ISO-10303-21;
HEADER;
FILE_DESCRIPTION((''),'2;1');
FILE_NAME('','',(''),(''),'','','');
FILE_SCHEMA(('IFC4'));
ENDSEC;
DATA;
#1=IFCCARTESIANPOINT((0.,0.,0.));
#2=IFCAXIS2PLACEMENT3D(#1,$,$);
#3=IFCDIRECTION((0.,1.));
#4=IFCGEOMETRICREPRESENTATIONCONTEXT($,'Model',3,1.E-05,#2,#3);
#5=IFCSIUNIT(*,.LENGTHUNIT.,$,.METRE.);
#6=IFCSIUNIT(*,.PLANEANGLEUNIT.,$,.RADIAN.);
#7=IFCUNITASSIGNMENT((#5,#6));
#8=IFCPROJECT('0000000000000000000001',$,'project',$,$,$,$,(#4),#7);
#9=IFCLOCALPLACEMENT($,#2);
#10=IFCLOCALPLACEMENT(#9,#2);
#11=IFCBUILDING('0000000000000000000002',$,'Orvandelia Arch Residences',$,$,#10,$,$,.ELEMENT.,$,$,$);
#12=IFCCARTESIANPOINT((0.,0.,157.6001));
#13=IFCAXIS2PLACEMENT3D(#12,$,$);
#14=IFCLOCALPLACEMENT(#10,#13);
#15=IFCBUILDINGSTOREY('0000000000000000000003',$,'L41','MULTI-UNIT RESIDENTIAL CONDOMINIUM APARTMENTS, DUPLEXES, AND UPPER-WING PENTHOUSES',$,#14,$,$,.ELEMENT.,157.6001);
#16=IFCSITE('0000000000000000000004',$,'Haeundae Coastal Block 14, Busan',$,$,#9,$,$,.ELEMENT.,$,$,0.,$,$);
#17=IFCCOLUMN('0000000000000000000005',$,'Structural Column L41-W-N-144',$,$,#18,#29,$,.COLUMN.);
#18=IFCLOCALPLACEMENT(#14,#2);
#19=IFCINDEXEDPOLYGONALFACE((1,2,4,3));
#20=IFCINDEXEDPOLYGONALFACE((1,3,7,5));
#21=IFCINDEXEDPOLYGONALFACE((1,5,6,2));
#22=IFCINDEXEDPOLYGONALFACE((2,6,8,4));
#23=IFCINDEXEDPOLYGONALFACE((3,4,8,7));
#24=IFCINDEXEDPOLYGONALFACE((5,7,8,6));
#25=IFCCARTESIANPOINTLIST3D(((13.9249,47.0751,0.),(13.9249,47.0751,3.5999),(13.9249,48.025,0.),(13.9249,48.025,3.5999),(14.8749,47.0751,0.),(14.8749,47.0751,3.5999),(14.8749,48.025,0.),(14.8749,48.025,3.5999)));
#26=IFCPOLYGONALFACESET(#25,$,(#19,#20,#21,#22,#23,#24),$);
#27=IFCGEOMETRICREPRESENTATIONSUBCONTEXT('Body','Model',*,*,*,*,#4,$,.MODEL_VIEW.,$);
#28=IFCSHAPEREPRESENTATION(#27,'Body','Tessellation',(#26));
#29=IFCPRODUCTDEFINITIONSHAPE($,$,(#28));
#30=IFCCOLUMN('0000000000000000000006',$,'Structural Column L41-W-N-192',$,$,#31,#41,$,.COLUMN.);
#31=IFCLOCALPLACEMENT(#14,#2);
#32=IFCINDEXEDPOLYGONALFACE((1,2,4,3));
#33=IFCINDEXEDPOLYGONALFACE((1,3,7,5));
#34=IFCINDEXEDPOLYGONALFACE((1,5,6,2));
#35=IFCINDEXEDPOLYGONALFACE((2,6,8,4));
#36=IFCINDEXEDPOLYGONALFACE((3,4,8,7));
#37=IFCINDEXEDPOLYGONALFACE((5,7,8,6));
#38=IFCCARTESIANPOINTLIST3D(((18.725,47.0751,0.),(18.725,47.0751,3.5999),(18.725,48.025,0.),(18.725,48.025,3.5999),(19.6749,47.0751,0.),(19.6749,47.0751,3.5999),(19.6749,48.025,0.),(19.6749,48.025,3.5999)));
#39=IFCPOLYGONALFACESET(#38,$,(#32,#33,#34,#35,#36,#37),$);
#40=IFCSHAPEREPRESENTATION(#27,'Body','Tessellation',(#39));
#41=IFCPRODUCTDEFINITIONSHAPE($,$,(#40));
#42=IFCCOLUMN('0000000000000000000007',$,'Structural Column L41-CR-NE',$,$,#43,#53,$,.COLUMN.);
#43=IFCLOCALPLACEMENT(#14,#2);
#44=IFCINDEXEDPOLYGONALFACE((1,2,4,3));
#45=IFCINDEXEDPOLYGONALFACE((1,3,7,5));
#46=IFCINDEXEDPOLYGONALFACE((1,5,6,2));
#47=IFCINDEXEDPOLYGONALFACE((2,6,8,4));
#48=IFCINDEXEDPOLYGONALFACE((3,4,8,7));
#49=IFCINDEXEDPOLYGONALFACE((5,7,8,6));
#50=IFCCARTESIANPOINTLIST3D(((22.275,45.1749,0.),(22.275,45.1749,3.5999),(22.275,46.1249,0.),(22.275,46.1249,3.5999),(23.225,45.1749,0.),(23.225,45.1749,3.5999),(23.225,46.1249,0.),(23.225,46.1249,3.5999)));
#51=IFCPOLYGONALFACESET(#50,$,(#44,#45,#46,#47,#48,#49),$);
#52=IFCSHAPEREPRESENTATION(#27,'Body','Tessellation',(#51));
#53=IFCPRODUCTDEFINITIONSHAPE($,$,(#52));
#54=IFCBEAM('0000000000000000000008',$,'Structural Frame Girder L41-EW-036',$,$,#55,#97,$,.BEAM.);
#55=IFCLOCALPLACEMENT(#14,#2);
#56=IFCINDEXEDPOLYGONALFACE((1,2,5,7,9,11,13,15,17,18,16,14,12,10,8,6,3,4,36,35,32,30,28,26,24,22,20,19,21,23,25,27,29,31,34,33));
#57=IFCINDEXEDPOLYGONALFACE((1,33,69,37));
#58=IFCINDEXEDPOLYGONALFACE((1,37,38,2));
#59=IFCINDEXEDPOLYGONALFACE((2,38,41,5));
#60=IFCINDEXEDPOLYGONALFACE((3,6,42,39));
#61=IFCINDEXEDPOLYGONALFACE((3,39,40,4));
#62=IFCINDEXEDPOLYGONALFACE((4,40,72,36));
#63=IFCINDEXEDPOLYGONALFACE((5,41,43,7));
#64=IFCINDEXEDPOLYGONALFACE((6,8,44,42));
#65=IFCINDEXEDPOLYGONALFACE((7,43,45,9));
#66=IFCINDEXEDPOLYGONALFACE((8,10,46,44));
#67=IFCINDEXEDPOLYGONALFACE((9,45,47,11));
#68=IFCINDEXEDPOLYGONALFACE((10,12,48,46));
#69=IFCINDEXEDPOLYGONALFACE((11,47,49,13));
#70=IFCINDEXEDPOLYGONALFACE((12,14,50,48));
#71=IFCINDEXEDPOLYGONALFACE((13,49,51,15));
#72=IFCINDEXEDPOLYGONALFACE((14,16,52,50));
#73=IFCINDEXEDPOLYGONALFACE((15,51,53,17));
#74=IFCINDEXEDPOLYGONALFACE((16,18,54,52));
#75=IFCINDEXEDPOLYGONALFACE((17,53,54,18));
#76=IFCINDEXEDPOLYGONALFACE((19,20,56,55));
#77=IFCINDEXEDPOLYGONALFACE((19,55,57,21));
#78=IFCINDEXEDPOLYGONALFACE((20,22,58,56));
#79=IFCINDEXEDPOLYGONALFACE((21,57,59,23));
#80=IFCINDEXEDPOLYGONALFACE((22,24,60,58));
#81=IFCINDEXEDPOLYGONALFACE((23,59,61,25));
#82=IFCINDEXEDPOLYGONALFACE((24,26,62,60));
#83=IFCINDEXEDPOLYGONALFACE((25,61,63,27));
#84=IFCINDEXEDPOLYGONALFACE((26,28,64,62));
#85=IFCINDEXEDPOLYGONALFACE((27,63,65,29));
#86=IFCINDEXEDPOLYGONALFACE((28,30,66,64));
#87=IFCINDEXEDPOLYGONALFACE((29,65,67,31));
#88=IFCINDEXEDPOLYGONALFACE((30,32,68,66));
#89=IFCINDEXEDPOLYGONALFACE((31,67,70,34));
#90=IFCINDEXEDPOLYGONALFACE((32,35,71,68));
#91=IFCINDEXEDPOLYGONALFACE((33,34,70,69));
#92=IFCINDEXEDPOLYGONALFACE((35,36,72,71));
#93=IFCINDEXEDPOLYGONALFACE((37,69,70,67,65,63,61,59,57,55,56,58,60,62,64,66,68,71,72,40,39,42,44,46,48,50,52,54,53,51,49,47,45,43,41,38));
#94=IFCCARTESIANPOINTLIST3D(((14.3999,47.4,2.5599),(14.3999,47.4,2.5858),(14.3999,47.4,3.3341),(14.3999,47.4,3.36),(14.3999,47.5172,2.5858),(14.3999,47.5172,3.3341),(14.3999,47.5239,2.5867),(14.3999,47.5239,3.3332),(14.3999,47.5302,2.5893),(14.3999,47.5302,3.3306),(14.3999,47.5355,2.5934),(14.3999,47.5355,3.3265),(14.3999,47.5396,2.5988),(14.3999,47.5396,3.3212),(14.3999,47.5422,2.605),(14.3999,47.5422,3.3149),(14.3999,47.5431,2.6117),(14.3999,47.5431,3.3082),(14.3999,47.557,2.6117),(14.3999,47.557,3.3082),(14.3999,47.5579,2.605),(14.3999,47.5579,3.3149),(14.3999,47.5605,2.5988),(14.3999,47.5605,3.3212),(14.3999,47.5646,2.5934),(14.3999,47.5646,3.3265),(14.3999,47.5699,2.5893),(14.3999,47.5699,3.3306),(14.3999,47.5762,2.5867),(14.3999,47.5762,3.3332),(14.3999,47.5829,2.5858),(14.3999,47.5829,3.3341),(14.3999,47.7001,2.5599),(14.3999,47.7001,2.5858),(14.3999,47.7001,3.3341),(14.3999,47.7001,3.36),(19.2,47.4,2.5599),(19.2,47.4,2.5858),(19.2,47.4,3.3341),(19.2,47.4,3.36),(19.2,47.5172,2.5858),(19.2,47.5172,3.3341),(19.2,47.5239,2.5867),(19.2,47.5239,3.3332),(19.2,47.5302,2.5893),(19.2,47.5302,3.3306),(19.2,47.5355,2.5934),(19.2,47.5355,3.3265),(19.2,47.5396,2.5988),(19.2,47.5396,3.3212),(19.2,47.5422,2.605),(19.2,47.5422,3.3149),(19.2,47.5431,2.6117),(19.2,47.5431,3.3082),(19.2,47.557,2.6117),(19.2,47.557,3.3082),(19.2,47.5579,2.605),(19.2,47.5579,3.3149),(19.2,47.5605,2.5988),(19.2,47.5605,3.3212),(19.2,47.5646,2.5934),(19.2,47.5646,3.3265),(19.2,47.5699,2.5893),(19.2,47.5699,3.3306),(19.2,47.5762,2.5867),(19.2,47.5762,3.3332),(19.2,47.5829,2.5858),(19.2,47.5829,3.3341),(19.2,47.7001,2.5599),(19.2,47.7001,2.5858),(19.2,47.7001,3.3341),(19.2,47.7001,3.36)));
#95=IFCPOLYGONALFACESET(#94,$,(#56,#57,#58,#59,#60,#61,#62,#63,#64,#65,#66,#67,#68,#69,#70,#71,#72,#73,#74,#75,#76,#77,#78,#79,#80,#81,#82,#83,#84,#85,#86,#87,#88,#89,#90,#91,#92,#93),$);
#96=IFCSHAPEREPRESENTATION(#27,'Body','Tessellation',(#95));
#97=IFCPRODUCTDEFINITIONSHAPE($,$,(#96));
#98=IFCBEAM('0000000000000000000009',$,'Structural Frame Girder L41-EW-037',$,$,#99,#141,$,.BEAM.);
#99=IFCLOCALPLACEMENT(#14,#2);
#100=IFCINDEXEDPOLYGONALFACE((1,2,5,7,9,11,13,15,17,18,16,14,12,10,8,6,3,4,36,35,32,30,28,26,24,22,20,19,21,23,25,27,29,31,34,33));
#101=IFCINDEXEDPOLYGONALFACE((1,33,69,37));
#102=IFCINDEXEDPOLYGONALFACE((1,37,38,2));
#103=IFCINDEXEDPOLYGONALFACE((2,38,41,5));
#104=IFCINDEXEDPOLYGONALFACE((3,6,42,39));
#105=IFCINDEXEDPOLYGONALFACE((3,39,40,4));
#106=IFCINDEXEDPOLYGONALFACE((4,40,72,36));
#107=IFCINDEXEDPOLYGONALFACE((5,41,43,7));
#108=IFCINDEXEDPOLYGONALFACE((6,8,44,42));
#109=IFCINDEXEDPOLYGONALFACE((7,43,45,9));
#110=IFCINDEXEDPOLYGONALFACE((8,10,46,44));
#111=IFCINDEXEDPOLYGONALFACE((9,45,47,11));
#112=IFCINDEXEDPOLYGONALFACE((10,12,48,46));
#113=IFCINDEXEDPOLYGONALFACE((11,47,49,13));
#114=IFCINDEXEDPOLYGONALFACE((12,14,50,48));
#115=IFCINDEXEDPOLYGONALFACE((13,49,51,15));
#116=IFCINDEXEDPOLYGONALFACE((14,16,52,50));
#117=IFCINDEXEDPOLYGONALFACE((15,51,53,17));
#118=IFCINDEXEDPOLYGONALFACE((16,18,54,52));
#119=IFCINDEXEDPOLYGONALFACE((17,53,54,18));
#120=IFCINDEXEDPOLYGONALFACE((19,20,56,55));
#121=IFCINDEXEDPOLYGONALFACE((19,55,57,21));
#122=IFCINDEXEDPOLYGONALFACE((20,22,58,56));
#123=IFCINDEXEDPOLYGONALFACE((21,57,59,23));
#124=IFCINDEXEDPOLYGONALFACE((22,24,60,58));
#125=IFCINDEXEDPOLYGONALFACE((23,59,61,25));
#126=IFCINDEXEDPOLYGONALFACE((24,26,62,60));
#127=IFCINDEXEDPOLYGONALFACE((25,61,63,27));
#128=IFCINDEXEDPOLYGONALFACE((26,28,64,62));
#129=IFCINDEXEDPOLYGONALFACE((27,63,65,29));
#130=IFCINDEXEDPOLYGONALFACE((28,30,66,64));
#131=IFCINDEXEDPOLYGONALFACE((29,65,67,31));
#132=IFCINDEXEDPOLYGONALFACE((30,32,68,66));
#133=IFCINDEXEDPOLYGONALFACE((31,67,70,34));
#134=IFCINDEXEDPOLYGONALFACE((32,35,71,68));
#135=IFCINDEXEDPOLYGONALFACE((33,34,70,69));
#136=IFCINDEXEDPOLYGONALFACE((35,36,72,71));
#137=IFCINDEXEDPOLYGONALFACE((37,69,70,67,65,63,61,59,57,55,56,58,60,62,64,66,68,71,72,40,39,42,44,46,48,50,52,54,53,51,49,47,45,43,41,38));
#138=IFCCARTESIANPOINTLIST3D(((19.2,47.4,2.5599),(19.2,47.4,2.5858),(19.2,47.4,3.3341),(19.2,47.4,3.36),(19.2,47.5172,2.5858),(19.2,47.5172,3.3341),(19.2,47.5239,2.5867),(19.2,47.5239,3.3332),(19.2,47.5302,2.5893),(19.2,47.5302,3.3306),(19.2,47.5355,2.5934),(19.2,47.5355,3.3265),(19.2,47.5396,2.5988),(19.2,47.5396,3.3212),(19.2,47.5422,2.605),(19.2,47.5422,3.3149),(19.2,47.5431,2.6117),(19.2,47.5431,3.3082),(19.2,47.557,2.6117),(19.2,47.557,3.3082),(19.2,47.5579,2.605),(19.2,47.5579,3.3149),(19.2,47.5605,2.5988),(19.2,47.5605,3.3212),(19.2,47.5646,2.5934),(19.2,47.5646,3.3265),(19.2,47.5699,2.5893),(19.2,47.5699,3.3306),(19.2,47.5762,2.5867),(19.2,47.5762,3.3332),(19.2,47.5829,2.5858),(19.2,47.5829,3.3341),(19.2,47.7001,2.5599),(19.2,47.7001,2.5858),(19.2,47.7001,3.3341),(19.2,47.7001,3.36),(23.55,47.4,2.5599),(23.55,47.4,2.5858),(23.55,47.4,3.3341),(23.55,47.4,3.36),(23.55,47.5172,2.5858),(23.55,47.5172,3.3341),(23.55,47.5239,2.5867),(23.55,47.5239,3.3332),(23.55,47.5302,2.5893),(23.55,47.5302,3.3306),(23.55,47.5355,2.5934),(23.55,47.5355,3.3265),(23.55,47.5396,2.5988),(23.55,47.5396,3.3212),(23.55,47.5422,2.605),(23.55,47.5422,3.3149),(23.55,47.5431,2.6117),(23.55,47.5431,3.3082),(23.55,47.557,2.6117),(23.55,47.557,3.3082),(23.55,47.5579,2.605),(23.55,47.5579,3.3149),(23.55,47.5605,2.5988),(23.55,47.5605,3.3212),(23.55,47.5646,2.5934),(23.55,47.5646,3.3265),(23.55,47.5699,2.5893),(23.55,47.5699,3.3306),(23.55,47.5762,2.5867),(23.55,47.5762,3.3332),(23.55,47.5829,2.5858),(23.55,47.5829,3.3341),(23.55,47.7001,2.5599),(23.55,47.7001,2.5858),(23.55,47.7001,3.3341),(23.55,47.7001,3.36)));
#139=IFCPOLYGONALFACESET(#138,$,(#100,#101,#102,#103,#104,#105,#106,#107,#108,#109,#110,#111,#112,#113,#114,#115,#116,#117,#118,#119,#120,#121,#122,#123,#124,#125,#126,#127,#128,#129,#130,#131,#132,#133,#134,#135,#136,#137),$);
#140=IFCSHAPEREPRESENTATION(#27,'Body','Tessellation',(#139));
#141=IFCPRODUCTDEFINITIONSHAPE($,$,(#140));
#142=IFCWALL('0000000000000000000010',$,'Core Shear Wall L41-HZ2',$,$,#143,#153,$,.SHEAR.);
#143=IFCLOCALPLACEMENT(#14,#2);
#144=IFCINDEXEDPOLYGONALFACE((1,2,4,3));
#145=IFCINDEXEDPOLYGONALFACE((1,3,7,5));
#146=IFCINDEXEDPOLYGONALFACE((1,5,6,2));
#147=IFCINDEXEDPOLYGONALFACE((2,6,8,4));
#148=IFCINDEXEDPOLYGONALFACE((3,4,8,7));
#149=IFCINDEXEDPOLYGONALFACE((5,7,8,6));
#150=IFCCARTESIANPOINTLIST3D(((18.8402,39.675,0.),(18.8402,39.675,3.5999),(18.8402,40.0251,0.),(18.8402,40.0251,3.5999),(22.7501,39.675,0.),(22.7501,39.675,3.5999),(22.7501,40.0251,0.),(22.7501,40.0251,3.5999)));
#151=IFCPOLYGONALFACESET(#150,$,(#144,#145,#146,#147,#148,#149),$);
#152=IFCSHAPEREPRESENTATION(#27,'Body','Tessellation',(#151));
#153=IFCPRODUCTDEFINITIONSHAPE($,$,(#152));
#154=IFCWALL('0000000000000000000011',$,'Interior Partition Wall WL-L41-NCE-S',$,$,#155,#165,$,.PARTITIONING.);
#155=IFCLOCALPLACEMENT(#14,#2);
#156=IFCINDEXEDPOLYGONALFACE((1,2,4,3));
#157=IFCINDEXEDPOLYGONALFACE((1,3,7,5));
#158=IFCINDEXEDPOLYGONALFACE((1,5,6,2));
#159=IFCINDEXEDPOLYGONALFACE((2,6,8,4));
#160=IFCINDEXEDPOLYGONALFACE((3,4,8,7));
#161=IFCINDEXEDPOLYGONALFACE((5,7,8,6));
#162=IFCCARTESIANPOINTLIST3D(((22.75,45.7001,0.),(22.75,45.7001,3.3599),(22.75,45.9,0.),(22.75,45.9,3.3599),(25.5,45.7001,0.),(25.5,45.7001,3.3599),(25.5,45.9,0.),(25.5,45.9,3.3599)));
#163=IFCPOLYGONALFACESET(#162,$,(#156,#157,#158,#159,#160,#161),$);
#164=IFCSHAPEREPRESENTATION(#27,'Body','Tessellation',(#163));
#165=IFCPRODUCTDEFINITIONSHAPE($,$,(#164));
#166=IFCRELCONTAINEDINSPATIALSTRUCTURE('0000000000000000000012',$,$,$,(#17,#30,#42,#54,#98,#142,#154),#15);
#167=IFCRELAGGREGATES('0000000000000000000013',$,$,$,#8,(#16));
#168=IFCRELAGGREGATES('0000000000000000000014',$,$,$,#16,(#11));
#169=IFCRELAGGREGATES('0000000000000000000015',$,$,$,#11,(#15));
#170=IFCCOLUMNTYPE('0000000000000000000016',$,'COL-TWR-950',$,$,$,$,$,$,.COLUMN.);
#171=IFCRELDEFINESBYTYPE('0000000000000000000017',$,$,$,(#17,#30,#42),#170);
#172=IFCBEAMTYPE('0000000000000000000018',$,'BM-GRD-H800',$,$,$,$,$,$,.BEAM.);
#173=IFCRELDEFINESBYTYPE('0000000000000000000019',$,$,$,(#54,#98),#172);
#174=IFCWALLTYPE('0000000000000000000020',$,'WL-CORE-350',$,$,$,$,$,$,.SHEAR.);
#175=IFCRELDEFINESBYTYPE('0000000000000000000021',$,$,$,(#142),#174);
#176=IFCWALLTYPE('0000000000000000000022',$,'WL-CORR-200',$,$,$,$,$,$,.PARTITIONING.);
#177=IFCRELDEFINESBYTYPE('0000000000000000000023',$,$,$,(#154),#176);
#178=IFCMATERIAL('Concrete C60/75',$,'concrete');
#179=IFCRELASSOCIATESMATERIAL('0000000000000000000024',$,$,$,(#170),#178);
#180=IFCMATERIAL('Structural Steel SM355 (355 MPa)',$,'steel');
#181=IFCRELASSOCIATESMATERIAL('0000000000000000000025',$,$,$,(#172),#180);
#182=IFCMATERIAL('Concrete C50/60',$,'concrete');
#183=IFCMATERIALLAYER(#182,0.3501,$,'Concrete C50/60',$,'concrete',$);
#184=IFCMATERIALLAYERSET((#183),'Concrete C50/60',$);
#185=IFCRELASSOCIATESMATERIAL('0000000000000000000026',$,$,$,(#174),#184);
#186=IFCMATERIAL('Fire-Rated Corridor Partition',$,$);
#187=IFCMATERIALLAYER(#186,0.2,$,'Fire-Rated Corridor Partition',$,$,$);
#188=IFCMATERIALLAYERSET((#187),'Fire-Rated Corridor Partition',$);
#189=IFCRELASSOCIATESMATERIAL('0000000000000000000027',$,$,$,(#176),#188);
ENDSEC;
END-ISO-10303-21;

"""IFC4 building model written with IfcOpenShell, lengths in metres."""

from ifc_helpers import new_model, si_unit, direction, frame, frame_2d, origin, origin_2d, place, context, subcontext, project, spatial, rectangle, i_section, extrude, material, layer, layer_set, material_profile, profile_set, type_object, element, save


model = new_model("IFC4")

# Units and contexts
model_context = context("Model", 3, precision=1e-05, world=origin(), true_north=direction((0.0, 1.0)))
body_context = subcontext(model_context, "Body", "Model", "MODEL_VIEW")
ifc_project = project(units=[si_unit("LENGTHUNIT", "METRE"), si_unit("PLANEANGLEUNIT", "RADIAN")], contexts=[model_context])

# Site, building, storey
site_placement = place(None, origin())
site = spatial("IfcSite", under=ifc_project, at=site_placement, Name="Haeundae Coastal Block 14, Busan", CompositionType="ELEMENT", RefElevation=0.0)
building_placement = place(site_placement, origin())
building = spatial("IfcBuilding", under=site, at=building_placement, Name="Orvandelia Arch Residences", CompositionType="ELEMENT")
storey_placement = place(building_placement, frame((0.0, 0.0, 157.6001)))
storey = spatial("IfcBuildingStorey", under=building, at=storey_placement, Name="L41", Description="MULTI-UNIT RESIDENTIAL CONDOMINIUM APARTMENTS, DUPLEXES, AND UPPER-WING PENTHOUSES", CompositionType="ELEMENT", Elevation=157.6001)

# Columns
ifc_material_1 = material(Name="Concrete C60/75", Category="concrete")
ifc_material_profile_1 = material_profile(ifc_material_1, rectangle(XDim=0.95, YDim=0.95, at=origin_2d()), Name="Concrete C60/75", Category="concrete")
ifc_profile_set_1 = profile_set([ifc_material_profile_1], Name="Concrete C60/75")
column_type = type_object("IfcColumnType", Name="COL-TWR-950", PredefinedType="COLUMN", material=ifc_profile_set_1)
for number, where, z_axis, x_axis, name in (
    (1, (14.3999, 47.55, 0.0), (0.0, 0.0, 1.0), (1.0, 0.0, 0.0), "Structural Column L41-W-N-144"),
    (2, (19.2, 47.55, 0.0), (0.0, 0.0, 1.0), (1.0, 0.0, 0.0), "Structural Column L41-W-N-192"),
    (3, (22.75, 45.6499, 0.0), (0.0, 0.0, 1.0), (1.0, 0.0, 0.0), "Structural Column L41-CR-NE"),
):
    element("IfcColumn", number, at=place(storey_placement, frame(where, z_axis=z_axis, x_axis=x_axis)), inside=storey, type_object=column_type, Name=name, PredefinedType="COLUMN", context=body_context, shape_type="SweptSolid", body=[
        extrude(rectangle(XDim=0.95, YDim=0.95, at=origin_2d()), origin(), (0.0, 0.0, 1.0), 3.5999),
    ])

# Beams
ifc_material_2 = material(Name="Structural Steel SM355 (355 MPa)", Category="steel")
ifc_material_profile_2 = material_profile(ifc_material_2, i_section(OverallWidth=0.3, OverallDepth=0.8, WebThickness=0.0139, FlangeThickness=0.0259, FilletRadius=0.0259, at=origin_2d()), Name="Structural Steel SM355 (355 MPa)", Category="steel")
ifc_profile_set_2 = profile_set([ifc_material_profile_2], Name="Structural Steel SM355 (355 MPa)")
beam_type = type_object("IfcBeamType", Name="BM-GRD-H800", PredefinedType="BEAM", material=ifc_profile_set_2)
beam_1_placement = place(storey_placement, frame((14.3999, 47.55, 2.96), z_axis=(1.0, 0.0, 0.0), x_axis=(0.0, 1.0, 0.0)))
element("IfcBeam", 4, at=beam_1_placement, inside=storey, type_object=beam_type, Name="Structural Frame Girder L41-EW-036", PredefinedType="BEAM", context=body_context, shape_type="SweptSolid", body=[
    extrude(i_section(OverallWidth=0.3, OverallDepth=0.8, WebThickness=0.0139, FlangeThickness=0.0259, FilletRadius=0.0259, at=origin_2d()), origin(), (0.0, 0.0, 1.0), 4.8),
])
beam_2_placement = place(storey_placement, frame((19.2, 47.55, 2.96), z_axis=(1.0, 0.0, 0.0), x_axis=(0.0, 1.0, 0.0)))
element("IfcBeam", 5, at=beam_2_placement, inside=storey, type_object=beam_type, Name="Structural Frame Girder L41-EW-037", PredefinedType="BEAM", context=body_context, shape_type="SweptSolid", body=[
    extrude(i_section(OverallWidth=0.3, OverallDepth=0.8, WebThickness=0.0139, FlangeThickness=0.0259, FilletRadius=0.0259, at=origin_2d()), origin(), (0.0, 0.0, 1.0), 4.3501),
])

# Walls
ifc_material_3 = material(Name="Concrete C50/60", Category="concrete")
ifc_layer_1 = layer(ifc_material_3, 0.3501, Name="Concrete C50/60", Category="concrete")
ifc_layer_set_1 = layer_set([ifc_layer_1], Name="Concrete C50/60")
wall_type_1 = type_object("IfcWallType", Name="WL-CORE-350", PredefinedType="SHEAR", material=ifc_layer_set_1)
wall_1_placement = place(storey_placement, frame((18.8401, 39.8501, 0.0), z_axis=(0.0, 0.0, 1.0), x_axis=(1.0, 0.0, 0.0)))
element("IfcWall", 6, at=wall_1_placement, inside=storey, type_object=wall_type_1, Name="Core Shear Wall L41-HZ2", PredefinedType="SHEAR", context=body_context, shape_type="SweptSolid", body=[
    extrude(rectangle(XDim=3.9099, YDim=0.3501, at=frame_2d((1.9551, 0.0))), origin(), (0.0, 0.0, 1.0), 3.5999),
])
ifc_material_4 = material(Name="Fire-Rated Corridor Partition")
ifc_layer_2 = layer(ifc_material_4, 0.2, Name="Fire-Rated Corridor Partition")
ifc_layer_set_2 = layer_set([ifc_layer_2], Name="Fire-Rated Corridor Partition")
wall_type_2 = type_object("IfcWallType", Name="WL-CORR-200", PredefinedType="PARTITIONING", material=ifc_layer_set_2)
wall_2_placement = place(storey_placement, frame((22.75, 45.8, 0.0), z_axis=(0.0, 0.0, 1.0), x_axis=(1.0, 0.0, 0.0)))
element("IfcWall", 7, at=wall_2_placement, inside=storey, type_object=wall_type_2, Name="Interior Partition Wall WL-L41-NCE-S", PredefinedType="PARTITIONING", context=body_context, shape_type="SweptSolid", body=[
    extrude(rectangle(XDim=2.75, YDim=0.2, at=frame_2d((1.375, 0.0))), origin(), (0.0, 0.0, 1.0), 3.3599),
])

save(model, "model.ifc")
